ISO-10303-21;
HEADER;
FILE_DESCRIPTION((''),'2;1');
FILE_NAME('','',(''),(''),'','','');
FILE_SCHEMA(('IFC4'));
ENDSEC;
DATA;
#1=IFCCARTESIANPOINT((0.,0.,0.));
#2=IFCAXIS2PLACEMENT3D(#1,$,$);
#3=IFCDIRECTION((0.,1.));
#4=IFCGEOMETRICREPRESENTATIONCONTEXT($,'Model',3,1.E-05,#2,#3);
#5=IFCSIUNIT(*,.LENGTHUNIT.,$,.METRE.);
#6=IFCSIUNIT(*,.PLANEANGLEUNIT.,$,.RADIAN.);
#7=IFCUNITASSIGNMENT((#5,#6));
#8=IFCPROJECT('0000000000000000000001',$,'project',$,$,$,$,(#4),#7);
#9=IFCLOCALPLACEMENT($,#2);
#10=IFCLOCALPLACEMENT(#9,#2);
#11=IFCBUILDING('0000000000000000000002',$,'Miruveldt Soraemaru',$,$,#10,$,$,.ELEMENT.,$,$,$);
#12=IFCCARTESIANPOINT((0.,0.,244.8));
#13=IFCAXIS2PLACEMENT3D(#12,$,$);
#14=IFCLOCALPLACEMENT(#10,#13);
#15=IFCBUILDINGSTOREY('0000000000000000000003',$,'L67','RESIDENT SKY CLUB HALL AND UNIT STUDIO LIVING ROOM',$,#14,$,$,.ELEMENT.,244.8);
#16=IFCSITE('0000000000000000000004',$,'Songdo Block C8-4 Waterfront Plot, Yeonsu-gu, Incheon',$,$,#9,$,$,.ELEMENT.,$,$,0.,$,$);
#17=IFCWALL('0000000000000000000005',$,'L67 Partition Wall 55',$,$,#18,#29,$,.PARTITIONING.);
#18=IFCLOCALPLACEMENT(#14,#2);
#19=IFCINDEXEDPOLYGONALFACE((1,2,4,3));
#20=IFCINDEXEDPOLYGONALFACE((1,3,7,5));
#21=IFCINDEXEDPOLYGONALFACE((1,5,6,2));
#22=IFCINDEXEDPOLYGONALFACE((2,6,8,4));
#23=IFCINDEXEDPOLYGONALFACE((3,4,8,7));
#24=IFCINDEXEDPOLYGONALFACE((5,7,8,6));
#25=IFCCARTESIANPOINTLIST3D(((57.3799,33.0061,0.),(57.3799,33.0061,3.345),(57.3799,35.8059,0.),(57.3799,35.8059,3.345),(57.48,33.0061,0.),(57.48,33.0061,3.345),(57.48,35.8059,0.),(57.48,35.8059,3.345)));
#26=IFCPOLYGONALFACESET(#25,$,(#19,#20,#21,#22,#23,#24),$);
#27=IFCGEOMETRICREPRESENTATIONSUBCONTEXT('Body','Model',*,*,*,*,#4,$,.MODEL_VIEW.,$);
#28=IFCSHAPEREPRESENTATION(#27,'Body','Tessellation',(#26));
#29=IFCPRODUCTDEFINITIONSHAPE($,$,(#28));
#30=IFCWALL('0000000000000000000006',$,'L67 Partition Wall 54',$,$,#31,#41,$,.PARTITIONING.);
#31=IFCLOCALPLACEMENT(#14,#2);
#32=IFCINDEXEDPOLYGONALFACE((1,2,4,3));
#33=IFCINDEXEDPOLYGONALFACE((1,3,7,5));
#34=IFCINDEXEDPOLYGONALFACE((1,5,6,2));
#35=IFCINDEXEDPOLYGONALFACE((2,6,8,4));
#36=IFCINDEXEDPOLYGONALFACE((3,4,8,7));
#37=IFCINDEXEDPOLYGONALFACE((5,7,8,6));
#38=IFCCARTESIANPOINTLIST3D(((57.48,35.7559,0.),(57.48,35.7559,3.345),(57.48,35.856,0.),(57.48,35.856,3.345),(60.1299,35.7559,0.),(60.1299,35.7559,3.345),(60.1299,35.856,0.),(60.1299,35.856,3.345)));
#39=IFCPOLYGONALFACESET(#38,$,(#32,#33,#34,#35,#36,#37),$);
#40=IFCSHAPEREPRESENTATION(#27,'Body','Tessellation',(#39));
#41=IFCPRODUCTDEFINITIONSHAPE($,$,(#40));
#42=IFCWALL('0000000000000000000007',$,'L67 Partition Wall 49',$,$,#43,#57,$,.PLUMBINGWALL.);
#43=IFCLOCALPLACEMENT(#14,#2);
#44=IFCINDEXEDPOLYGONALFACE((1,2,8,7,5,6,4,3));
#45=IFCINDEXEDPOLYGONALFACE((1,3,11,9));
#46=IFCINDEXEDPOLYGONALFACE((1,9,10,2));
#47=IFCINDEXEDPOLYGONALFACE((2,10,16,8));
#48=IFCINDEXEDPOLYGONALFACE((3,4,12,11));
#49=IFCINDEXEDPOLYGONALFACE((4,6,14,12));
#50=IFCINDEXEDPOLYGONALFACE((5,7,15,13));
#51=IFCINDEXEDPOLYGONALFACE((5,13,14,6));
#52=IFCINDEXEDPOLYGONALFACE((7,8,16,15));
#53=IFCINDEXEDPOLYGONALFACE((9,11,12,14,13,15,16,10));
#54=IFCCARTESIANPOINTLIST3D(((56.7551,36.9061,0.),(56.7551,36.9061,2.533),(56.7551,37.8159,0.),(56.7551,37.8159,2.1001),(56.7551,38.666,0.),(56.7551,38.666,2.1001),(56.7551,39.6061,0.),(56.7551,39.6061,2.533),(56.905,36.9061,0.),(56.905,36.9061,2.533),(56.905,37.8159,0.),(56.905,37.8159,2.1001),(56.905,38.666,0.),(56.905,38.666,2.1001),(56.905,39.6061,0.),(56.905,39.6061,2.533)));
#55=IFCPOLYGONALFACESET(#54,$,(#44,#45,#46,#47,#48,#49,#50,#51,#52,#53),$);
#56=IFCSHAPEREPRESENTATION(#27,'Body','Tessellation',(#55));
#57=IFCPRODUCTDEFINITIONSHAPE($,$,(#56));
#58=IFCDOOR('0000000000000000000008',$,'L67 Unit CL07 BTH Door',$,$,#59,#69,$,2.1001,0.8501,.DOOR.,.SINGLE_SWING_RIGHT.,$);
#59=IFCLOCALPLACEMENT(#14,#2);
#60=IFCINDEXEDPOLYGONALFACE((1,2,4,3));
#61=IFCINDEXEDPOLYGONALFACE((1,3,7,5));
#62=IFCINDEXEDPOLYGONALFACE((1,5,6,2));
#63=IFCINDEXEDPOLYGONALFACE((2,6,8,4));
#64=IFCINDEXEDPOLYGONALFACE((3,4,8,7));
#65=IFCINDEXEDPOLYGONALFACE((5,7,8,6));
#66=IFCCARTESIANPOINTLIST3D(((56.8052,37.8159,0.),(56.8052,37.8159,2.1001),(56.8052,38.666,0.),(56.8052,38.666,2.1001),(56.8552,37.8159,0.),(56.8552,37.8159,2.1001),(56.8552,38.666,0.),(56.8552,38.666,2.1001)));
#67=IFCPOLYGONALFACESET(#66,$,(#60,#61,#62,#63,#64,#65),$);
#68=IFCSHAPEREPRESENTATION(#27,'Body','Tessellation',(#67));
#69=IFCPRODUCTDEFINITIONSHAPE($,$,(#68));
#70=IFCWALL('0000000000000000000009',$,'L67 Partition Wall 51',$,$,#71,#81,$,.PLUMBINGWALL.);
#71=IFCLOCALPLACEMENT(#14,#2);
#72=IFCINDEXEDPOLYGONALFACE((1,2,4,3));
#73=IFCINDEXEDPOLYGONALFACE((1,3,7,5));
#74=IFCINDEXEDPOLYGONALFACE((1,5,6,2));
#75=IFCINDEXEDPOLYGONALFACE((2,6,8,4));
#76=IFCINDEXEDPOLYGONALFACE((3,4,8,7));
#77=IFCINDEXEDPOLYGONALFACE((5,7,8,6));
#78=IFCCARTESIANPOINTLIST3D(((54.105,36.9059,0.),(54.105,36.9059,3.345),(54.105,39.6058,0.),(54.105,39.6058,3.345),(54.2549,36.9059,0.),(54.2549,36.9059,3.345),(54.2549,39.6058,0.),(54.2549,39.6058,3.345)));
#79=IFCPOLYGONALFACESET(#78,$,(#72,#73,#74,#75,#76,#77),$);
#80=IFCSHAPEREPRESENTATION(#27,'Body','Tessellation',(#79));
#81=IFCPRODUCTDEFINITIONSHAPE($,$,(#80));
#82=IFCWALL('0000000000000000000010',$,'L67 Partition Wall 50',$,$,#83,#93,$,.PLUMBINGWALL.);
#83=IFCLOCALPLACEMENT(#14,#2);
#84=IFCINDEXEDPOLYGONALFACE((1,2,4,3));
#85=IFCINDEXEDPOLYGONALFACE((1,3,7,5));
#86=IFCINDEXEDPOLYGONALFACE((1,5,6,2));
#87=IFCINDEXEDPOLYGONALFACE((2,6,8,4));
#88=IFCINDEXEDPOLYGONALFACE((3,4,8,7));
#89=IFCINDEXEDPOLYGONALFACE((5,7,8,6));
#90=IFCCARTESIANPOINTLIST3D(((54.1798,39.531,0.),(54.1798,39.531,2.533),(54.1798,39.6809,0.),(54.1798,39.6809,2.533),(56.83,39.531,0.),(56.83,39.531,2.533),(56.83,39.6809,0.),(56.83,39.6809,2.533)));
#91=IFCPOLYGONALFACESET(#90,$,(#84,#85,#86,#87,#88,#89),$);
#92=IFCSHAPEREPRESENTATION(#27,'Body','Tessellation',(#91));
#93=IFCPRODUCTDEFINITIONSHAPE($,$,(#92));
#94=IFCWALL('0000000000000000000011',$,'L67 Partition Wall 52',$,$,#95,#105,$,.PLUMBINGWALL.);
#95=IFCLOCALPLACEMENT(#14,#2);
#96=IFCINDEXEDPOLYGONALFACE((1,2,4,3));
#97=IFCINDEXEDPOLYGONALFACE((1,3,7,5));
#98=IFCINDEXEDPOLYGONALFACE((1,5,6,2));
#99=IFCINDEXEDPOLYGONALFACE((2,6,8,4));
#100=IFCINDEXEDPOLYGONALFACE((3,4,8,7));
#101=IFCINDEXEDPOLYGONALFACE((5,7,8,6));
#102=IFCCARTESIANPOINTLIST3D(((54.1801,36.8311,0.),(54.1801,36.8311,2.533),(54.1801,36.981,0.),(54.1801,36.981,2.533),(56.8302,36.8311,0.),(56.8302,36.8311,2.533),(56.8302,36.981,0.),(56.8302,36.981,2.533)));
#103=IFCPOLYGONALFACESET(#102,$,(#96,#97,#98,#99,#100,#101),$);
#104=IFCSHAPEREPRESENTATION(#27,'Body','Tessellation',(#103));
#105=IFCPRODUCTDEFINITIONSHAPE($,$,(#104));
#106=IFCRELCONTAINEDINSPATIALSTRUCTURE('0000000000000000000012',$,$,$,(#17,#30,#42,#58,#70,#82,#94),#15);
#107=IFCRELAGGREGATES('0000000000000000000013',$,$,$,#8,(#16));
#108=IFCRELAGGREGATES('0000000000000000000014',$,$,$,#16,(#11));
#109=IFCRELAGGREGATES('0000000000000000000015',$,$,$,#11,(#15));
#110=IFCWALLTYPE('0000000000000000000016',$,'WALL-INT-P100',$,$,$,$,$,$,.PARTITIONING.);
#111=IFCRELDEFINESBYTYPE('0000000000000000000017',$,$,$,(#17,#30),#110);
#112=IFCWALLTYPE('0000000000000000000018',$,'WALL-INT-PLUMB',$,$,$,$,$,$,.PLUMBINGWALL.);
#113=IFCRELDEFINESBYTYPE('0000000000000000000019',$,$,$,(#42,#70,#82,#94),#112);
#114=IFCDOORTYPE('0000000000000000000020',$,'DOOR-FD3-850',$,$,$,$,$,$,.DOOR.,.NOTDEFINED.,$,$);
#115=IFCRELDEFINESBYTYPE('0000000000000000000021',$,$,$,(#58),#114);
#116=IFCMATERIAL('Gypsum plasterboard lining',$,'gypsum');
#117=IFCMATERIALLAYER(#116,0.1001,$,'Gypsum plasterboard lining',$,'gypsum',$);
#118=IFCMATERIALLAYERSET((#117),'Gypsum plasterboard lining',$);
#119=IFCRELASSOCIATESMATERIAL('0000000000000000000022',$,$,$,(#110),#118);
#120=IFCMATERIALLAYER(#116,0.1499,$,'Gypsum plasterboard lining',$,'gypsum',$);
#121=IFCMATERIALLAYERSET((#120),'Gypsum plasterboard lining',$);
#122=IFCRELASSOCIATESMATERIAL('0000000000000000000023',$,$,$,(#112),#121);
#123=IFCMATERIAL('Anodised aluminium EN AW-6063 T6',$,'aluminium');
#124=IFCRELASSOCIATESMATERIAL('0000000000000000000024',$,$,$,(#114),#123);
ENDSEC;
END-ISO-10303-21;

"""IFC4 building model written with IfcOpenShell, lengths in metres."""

from ifc_helpers import new_model, si_unit, direction, frame, frame_2d, origin, place, context, subcontext, project, spatial, rectangle, extrude, material, layer, layer_set, type_object, element, fill, save


model = new_model("IFC4")

# Units and contexts
model_context = context("Model", 3, precision=1e-05, world=origin(), true_north=direction((0.0, 1.0)))
body_context = subcontext(model_context, "Body", "Model", "MODEL_VIEW")
ifc_project = project(units=[si_unit("LENGTHUNIT", "METRE"), si_unit("PLANEANGLEUNIT", "RADIAN")], contexts=[model_context])

# Site, building, storey
site_placement = place(None, origin())
site = spatial("IfcSite", under=ifc_project, at=site_placement, Name="Songdo Block C8-4 Waterfront Plot, Yeonsu-gu, Incheon", CompositionType="ELEMENT", RefElevation=0.0)
building_placement = place(site_placement, origin())
building = spatial("IfcBuilding", under=site, at=building_placement, Name="Miruveldt Soraemaru", CompositionType="ELEMENT")
storey_placement = place(building_placement, frame((0.0, 0.0, 244.8)))
storey = spatial("IfcBuildingStorey", under=building, at=storey_placement, Name="L67", Description="RESIDENT SKY CLUB HALL AND UNIT STUDIO LIVING ROOM", CompositionType="ELEMENT", Elevation=244.8)

# Walls
ifc_material_1 = material(Name="Gypsum plasterboard lining", Category="gypsum")
ifc_layer_1 = layer(ifc_material_1, 0.1001, Name="Gypsum plasterboard lining", Category="gypsum")
ifc_layer_set_1 = layer_set([ifc_layer_1], Name="Gypsum plasterboard lining")
wall_type_1 = type_object("IfcWallType", Name="WALL-INT-P100", PredefinedType="PARTITIONING", material=ifc_layer_set_1)
wall_1_placement = place(storey_placement, frame((57.4299, 35.8059, 0.0), z_axis=(0.0, 0.0, 1.0), x_axis=(0.0, -1.0, 0.0)))
element("IfcWall", 1, at=wall_1_placement, inside=storey, type_object=wall_type_1, Name="L67 Partition Wall 55", PredefinedType="PARTITIONING", context=body_context, shape_type="SweptSolid", body=[
    extrude(rectangle(XDim=2.7998, YDim=0.1001, at=frame_2d((1.3999, 0.0))), origin(), (0.0, 0.0, 1.0), 3.345),
])
wall_2_placement = place(storey_placement, frame((60.1299, 35.8059, 0.0), z_axis=(0.0, 0.0, 1.0), x_axis=(-1.0, 0.0, 0.0)))
element("IfcWall", 2, at=wall_2_placement, inside=storey, type_object=wall_type_1, Name="L67 Partition Wall 54", PredefinedType="PARTITIONING", context=body_context, shape_type="SweptSolid", body=[
    extrude(rectangle(XDim=2.6499, YDim=0.1001, at=frame_2d((1.325, 0.0))), origin(), (0.0, 0.0, 1.0), 3.345),
])

# Wall, opening, door
ifc_layer_2 = layer(ifc_material_1, 0.1499, Name="Gypsum plasterboard lining", Category="gypsum")
ifc_layer_set_2 = layer_set([ifc_layer_2], Name="Gypsum plasterboard lining")
wall_type_2 = type_object("IfcWallType", Name="WALL-INT-PLUMB", PredefinedType="PLUMBINGWALL", material=ifc_layer_set_2)
wall_3_placement = place(storey_placement, frame((56.8301, 36.906, 0.0), z_axis=(0.0, 0.0, 1.0), x_axis=(0.0, 1.0, 0.0)))
wall_3 = element("IfcWall", 3, at=wall_3_placement, inside=storey, type_object=wall_type_2, Name="L67 Partition Wall 49", PredefinedType="PLUMBINGWALL", context=body_context, shape_type="SweptSolid", body=[
    extrude(rectangle(XDim=2.7, YDim=0.1499, at=frame_2d((1.3501, 0.0))), origin(), (0.0, 0.0, 1.0), 2.533),
])
opening_1_placement = place(wall_3_placement, frame((0.9099, 0.0, 0.0)))
opening_1 = element("IfcOpeningElement", 4, at=opening_1_placement, cuts=wall_3, PredefinedType="OPENING", context=body_context, shape_type="SweptSolid", body=[
    extrude(rectangle(XDim=0.8501, YDim=2.1001, at=frame_2d((0.425, 1.05))), frame((0.0, 0.085, 0.0), z_axis=(0.0, -1.0, 0.0), x_axis=(1.0, 0.0, 0.0)), (0.0, 0.0, 1.0), 0.1699),
])
ifc_material_2 = material(Name="Anodised aluminium EN AW-6063 T6", Category="aluminium")
door_type = type_object("IfcDoorType", Name="DOOR-FD3-850", OperationType="NOTDEFINED", PredefinedType="DOOR", material=ifc_material_2)
door_placement = place(opening_1_placement, origin())
door = element("IfcDoor", 5, at=door_placement, inside=storey, type_object=door_type, Name="L67 Unit CL07 BTH Door", OperationType="SINGLE_SWING_RIGHT", OverallHeight=2.1001, OverallWidth=0.8501, PredefinedType="DOOR", context=body_context, shape_type="SweptSolid", body=[
    extrude(rectangle(XDim=0.8501, YDim=2.1001, at=frame_2d((0.425, 1.05))), frame((0.0, 0.0249, 0.0), z_axis=(0.0, -1.0, 0.0), x_axis=(1.0, 0.0, 0.0)), (0.0, 0.0, 1.0), 0.05),
])
fill(opening_1, door)

# Walls
wall_4_placement = place(storey_placement, frame((54.1799, 39.606, 0.0), z_axis=(0.0, 0.0, 1.0), x_axis=(0.0, -1.0, 0.0)))
element("IfcWall", 6, at=wall_4_placement, inside=storey, type_object=wall_type_2, Name="L67 Partition Wall 51", PredefinedType="PLUMBINGWALL", context=body_context, shape_type="SweptSolid", body=[
    extrude(rectangle(XDim=2.7, YDim=0.1499, at=frame_2d((1.3501, 0.0))), origin(), (0.0, 0.0, 1.0), 3.345),
])
for number, where, z_axis, x_axis, name in (
    (7, (56.8301, 39.606, 0.0), (0.0, 0.0, 1.0), (-1.0, 0.0, 0.0), "L67 Partition Wall 50"),
    (8, (54.1799, 36.906, 0.0), (0.0, 0.0, 1.0), (1.0, 0.0, 0.0), "L67 Partition Wall 52"),
):
    element("IfcWall", number, at=place(storey_placement, frame(where, z_axis=z_axis, x_axis=x_axis)), inside=storey, type_object=wall_type_2, Name=name, PredefinedType="PLUMBINGWALL", context=body_context, shape_type="SweptSolid", body=[
        extrude(rectangle(XDim=2.6501, YDim=0.1499, at=frame_2d((1.3252, 0.0))), origin(), (0.0, 0.0, 1.0), 2.533),
    ])

save(model, "model.ifc")
